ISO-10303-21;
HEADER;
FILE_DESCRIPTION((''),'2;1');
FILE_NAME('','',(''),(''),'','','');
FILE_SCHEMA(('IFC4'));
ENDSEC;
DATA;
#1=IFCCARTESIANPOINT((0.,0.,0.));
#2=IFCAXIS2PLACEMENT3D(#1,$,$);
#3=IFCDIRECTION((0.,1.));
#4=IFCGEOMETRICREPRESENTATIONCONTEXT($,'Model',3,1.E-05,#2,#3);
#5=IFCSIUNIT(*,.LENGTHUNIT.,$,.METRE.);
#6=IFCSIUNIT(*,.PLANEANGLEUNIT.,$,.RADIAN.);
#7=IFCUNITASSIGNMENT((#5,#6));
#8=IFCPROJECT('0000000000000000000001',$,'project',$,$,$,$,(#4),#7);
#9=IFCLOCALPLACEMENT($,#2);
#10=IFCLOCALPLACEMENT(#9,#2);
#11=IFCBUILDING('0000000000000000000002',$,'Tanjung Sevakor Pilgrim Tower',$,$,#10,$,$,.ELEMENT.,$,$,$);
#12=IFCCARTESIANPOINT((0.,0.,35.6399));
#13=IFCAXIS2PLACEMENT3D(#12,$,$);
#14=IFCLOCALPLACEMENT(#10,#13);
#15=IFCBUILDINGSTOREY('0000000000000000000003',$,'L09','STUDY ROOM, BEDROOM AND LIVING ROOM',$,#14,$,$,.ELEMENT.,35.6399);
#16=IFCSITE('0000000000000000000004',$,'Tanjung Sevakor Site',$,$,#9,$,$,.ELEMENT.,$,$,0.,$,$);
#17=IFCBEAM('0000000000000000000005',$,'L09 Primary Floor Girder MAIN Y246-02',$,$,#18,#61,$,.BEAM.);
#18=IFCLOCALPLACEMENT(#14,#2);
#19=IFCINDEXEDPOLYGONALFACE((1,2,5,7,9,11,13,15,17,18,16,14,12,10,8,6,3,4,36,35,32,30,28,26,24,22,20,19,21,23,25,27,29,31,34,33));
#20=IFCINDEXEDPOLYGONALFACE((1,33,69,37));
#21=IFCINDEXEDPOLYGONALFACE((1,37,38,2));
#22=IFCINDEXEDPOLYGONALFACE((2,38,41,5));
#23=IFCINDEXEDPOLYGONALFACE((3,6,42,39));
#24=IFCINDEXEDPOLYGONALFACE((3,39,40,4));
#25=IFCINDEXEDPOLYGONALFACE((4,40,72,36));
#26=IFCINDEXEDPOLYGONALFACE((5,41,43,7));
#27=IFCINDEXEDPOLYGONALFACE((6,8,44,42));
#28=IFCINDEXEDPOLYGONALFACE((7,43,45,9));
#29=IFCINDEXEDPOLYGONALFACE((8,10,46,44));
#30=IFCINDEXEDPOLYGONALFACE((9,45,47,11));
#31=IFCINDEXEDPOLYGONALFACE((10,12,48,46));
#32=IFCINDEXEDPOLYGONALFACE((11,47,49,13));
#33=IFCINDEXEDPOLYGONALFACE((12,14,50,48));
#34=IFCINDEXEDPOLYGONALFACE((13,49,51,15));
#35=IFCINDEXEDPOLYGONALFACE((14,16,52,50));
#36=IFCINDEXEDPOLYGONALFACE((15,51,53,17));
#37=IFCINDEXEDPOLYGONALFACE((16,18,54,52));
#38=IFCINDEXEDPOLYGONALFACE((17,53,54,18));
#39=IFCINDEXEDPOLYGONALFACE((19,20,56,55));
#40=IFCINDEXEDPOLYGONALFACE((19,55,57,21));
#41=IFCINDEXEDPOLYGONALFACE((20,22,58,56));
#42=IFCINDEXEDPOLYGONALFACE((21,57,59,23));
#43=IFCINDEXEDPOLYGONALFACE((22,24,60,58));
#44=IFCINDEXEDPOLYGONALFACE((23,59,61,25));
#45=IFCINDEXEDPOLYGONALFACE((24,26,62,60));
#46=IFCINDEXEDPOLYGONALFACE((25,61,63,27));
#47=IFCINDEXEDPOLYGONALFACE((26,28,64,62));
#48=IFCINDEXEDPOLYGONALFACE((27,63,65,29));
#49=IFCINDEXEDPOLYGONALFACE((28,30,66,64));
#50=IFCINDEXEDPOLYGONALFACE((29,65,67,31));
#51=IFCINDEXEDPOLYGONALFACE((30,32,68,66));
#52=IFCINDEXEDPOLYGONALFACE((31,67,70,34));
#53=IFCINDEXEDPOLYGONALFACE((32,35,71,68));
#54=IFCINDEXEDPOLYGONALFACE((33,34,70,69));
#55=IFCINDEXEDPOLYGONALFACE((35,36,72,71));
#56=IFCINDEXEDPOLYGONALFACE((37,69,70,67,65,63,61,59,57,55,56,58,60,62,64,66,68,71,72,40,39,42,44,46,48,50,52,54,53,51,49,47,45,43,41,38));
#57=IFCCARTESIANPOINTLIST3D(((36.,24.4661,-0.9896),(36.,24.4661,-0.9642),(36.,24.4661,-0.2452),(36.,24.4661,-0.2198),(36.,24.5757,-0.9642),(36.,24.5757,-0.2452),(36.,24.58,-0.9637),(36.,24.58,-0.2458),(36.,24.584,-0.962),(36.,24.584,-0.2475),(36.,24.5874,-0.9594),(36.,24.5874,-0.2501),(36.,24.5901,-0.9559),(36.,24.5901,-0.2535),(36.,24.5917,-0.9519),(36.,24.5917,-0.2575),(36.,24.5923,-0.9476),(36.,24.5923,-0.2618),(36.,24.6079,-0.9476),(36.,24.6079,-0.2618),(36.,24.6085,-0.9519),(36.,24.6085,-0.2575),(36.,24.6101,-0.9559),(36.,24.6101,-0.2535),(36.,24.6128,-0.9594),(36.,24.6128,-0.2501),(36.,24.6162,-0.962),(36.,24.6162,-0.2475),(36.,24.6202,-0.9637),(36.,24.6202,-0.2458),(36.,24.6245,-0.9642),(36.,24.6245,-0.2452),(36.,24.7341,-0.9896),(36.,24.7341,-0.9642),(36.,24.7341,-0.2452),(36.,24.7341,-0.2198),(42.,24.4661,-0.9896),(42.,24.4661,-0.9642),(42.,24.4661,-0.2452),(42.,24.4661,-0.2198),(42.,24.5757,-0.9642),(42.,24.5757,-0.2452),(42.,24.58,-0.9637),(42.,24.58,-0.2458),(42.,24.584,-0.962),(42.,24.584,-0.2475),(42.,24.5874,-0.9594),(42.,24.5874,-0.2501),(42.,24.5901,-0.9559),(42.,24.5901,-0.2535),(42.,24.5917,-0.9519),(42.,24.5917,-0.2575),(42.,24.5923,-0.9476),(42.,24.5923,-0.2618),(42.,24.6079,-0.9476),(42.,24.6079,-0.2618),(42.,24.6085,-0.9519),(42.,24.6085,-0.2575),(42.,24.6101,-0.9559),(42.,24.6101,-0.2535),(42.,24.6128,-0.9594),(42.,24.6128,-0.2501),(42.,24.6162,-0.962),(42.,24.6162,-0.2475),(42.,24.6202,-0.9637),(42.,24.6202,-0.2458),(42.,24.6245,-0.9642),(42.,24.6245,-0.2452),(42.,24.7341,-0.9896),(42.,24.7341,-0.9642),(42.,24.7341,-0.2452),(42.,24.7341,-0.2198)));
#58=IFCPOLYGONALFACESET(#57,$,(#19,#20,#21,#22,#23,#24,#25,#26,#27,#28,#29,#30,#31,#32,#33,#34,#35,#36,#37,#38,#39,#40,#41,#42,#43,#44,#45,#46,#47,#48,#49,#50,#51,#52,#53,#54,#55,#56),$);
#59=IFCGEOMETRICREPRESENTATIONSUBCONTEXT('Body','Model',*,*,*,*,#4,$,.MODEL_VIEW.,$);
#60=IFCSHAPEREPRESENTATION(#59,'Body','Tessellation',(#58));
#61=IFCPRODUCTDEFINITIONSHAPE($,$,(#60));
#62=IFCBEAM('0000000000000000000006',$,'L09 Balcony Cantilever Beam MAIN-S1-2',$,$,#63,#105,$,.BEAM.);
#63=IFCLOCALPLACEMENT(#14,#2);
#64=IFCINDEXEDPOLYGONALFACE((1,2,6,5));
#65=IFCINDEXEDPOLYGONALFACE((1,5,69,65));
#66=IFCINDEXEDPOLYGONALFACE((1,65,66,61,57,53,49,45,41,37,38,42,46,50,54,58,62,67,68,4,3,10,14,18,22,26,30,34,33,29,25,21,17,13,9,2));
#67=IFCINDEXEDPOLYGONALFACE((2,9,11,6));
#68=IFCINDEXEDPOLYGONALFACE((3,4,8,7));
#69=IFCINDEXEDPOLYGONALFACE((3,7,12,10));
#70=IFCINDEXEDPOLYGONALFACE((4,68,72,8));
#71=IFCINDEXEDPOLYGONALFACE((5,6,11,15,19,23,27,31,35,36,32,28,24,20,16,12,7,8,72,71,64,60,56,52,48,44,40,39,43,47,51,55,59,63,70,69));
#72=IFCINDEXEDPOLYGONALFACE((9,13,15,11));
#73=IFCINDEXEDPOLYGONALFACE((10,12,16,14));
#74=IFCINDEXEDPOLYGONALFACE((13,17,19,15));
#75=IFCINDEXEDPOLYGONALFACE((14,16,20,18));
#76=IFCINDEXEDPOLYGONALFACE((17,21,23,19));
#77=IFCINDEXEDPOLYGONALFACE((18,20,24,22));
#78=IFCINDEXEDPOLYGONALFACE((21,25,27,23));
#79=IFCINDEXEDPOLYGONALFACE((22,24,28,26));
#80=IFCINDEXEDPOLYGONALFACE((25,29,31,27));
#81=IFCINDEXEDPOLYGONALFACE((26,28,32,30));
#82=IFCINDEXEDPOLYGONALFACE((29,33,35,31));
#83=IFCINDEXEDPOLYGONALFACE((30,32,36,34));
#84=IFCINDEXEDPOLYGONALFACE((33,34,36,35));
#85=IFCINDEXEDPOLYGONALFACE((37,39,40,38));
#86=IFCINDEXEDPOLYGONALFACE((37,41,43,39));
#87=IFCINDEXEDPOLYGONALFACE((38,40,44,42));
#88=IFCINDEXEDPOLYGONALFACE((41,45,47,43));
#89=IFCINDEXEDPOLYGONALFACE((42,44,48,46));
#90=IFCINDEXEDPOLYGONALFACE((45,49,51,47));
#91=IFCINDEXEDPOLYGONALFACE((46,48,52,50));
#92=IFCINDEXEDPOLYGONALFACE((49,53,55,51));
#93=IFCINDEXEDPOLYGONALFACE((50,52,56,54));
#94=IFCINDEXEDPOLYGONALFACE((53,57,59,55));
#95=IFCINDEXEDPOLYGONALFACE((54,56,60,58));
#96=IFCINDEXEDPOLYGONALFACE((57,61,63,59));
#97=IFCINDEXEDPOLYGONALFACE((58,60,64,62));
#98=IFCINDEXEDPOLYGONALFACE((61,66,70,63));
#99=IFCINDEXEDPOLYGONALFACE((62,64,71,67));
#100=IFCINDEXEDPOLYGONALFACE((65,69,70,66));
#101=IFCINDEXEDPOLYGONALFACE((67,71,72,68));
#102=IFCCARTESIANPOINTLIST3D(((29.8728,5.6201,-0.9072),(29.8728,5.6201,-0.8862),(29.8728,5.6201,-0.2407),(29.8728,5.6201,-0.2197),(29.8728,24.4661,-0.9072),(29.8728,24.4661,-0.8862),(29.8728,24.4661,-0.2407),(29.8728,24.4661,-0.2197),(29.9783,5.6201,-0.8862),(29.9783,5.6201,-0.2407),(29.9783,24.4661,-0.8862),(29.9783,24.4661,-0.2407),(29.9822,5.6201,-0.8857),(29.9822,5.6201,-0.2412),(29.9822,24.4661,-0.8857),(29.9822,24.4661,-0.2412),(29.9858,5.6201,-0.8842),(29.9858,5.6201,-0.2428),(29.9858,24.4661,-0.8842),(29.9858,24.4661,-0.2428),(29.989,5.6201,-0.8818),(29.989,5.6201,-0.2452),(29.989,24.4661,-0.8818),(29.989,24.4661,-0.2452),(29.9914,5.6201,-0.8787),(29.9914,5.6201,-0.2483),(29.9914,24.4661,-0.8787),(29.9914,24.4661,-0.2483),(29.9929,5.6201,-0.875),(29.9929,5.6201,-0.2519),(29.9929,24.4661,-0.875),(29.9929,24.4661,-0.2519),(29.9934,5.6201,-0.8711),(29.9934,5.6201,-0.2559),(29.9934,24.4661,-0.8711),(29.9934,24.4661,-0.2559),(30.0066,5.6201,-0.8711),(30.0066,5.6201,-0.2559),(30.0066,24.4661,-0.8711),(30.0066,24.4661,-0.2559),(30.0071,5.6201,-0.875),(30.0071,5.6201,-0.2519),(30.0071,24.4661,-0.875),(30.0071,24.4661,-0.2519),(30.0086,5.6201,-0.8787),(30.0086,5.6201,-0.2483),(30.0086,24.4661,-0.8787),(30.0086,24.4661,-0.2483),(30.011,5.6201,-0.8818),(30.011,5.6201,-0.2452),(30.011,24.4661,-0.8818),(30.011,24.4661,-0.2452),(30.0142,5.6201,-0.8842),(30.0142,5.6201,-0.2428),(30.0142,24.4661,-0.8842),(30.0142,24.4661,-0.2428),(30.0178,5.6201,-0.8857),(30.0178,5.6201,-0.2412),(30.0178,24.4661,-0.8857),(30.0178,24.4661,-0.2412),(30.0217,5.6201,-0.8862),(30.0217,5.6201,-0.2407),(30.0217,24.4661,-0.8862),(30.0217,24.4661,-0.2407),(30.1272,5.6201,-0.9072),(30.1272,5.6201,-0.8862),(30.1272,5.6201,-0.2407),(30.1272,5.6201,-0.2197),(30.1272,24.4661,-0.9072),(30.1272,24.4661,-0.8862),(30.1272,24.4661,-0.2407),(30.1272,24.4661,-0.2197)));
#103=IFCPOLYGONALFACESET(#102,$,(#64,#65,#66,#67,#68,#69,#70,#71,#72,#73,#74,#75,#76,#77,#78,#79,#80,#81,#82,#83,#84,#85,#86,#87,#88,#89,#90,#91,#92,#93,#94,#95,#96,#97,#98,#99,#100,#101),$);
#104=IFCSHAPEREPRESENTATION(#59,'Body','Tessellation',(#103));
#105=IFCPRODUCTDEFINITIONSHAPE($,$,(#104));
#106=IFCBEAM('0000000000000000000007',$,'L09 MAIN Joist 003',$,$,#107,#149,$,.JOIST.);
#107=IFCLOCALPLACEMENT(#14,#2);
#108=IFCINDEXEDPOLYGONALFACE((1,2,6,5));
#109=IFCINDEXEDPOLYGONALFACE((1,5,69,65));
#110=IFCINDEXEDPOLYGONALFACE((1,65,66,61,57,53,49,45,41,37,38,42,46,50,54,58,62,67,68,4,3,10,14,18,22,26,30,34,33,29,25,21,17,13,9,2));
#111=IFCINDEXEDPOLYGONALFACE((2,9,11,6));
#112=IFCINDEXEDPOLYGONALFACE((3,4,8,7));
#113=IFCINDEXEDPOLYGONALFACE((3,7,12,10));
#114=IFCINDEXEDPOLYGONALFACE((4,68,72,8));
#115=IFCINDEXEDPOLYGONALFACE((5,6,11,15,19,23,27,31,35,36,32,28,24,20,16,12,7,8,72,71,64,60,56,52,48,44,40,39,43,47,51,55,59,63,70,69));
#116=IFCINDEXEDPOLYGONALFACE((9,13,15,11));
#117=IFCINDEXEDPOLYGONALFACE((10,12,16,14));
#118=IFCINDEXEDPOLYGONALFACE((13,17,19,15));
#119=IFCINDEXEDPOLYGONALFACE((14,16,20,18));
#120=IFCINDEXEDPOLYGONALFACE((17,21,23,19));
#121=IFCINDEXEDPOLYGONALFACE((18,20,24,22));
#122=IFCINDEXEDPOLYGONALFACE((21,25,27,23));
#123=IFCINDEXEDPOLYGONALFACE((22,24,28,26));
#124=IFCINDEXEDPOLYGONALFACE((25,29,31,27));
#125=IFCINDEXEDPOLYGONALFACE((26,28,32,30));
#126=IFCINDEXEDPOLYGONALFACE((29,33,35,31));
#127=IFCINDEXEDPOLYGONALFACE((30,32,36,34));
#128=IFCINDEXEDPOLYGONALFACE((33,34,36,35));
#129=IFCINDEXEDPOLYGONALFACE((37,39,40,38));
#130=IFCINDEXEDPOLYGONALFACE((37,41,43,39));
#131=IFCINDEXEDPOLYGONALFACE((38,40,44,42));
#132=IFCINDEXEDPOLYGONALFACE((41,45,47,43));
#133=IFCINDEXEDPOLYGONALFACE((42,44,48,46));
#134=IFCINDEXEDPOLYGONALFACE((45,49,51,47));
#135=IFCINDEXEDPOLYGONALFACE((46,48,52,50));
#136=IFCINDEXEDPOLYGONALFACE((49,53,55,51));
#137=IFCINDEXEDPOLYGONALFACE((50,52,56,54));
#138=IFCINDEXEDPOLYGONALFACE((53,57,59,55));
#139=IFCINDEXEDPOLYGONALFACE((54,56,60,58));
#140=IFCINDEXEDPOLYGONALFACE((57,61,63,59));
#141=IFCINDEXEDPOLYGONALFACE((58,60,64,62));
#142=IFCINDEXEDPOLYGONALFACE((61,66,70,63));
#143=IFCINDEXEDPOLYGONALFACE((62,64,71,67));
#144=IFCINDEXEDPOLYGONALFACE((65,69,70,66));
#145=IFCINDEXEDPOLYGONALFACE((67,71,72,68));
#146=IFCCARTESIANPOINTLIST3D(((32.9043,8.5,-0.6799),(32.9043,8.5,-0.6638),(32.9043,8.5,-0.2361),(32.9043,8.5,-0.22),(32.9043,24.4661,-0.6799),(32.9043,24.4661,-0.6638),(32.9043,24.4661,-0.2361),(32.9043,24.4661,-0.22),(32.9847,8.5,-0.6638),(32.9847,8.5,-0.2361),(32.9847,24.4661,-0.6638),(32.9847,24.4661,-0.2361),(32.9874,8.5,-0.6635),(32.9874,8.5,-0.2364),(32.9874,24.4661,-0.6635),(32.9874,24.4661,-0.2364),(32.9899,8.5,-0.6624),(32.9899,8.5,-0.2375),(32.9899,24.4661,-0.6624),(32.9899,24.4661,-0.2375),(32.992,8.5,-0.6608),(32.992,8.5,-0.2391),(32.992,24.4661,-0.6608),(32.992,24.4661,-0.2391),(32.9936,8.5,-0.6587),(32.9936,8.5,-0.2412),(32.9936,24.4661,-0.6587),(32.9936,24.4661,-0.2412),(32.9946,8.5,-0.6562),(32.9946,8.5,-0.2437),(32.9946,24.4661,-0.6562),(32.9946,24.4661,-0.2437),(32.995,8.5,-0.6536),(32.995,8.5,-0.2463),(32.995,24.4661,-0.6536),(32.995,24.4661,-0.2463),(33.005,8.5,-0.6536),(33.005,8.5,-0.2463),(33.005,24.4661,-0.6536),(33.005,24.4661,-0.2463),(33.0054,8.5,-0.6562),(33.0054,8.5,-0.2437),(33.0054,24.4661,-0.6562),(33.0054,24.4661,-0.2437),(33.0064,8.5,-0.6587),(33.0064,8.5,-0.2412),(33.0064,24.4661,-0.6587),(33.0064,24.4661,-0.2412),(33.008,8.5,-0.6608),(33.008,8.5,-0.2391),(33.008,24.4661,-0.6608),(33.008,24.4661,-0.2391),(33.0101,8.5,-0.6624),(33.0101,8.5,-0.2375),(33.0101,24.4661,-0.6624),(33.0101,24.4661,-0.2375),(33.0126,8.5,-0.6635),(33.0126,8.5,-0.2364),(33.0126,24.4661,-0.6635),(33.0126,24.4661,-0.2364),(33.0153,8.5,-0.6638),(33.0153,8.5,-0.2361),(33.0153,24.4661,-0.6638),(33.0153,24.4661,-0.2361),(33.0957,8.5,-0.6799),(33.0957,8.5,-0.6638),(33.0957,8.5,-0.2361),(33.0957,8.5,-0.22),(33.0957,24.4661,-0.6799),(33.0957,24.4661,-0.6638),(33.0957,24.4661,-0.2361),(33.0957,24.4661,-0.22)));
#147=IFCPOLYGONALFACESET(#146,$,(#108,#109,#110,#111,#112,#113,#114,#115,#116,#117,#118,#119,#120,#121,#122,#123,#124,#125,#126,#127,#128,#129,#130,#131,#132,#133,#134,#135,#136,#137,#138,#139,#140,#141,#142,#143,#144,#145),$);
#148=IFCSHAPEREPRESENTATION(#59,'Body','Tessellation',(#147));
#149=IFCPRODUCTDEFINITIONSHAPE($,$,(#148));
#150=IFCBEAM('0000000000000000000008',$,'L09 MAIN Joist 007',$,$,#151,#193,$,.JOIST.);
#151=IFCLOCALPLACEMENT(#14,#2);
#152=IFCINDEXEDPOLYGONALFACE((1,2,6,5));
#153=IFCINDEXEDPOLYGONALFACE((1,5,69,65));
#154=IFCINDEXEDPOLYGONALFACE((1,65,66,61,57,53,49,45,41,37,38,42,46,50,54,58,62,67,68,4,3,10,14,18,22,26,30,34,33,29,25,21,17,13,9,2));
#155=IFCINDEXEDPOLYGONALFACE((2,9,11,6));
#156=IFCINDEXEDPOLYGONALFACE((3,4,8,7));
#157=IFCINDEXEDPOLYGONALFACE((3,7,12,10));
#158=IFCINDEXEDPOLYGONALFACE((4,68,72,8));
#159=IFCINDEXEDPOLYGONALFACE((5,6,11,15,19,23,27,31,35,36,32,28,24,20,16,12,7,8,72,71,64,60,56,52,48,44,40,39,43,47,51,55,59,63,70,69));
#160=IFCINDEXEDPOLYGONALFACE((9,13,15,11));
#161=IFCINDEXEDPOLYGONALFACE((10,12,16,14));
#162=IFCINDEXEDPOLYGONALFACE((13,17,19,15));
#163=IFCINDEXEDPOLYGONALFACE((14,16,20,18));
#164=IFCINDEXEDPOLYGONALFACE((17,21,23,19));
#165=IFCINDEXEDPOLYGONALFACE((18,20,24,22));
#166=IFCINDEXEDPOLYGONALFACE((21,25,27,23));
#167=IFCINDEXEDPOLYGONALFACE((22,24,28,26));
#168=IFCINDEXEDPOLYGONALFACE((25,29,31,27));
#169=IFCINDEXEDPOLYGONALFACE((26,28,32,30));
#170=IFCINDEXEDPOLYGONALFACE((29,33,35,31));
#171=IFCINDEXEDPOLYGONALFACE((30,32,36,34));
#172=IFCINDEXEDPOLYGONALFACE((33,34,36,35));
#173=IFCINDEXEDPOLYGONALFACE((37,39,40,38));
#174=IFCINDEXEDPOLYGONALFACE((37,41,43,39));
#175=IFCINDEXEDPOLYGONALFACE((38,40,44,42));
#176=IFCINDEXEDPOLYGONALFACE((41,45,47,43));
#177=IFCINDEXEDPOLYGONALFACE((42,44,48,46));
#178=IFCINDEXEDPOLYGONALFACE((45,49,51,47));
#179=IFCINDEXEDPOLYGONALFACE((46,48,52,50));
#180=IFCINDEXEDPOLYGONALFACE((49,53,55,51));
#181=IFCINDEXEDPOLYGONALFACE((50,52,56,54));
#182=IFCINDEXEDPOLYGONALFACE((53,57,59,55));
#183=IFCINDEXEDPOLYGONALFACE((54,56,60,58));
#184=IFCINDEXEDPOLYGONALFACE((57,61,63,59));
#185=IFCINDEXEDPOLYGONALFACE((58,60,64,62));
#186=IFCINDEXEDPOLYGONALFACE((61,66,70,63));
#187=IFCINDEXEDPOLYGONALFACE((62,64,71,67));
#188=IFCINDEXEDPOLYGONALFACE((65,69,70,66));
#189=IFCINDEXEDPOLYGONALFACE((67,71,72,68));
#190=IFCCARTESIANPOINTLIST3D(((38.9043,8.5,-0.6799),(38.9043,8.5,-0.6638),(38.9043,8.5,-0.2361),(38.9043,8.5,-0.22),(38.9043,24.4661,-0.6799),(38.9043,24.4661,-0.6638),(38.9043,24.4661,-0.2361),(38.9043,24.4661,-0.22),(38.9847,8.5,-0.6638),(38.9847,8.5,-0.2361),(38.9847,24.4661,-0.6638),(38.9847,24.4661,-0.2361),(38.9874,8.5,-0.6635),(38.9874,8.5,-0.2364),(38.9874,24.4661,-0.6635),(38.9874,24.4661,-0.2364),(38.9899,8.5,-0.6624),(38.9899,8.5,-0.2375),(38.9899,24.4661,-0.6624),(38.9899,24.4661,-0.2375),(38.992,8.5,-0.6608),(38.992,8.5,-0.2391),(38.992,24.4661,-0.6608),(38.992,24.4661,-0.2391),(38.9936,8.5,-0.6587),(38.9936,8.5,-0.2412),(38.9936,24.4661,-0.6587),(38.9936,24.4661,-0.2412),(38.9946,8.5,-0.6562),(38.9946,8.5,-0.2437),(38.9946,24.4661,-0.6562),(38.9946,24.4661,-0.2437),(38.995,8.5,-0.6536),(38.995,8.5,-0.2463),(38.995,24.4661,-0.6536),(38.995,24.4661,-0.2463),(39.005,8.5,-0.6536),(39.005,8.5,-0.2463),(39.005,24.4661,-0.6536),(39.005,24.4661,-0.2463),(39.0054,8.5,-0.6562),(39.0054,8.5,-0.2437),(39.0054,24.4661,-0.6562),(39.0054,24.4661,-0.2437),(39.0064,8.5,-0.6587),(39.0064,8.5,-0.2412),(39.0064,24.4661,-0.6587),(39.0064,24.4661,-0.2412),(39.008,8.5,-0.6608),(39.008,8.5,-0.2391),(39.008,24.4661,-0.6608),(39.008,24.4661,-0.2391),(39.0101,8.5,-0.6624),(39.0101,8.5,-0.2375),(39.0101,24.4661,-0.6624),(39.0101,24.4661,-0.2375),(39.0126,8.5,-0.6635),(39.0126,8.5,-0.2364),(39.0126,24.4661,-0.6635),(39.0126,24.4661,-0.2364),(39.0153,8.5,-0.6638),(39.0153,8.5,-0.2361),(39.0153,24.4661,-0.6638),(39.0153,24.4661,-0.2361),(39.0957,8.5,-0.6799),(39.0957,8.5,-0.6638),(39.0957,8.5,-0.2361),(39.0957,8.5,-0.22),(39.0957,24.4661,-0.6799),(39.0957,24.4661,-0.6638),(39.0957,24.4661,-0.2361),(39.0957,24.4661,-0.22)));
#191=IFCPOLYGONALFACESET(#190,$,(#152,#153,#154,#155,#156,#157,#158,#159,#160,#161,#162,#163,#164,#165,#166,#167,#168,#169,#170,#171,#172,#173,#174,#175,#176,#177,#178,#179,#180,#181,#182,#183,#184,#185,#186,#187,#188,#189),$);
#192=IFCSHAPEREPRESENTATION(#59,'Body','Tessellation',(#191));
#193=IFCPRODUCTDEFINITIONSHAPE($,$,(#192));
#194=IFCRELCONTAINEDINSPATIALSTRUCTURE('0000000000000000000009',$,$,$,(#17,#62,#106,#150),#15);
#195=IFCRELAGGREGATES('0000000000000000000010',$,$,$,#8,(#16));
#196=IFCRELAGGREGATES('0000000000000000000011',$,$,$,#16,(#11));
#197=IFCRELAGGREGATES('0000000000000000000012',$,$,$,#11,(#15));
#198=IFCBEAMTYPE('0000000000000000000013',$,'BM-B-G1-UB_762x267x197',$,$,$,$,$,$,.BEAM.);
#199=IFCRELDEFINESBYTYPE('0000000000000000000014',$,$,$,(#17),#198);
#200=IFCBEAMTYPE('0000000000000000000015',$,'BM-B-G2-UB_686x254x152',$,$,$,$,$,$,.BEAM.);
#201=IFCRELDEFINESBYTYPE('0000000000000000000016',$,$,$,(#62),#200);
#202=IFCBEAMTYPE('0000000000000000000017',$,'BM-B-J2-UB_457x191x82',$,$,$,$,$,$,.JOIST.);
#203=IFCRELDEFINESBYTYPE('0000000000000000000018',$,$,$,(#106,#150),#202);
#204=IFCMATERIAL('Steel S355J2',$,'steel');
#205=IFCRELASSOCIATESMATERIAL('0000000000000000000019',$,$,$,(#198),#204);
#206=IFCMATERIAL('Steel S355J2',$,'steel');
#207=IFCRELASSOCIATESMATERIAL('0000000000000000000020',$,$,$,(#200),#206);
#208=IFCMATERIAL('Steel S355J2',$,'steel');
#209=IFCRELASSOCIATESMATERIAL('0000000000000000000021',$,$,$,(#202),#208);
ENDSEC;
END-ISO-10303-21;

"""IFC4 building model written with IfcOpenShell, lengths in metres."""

from ifc_helpers import new_model, si_unit, direction, frame, origin, origin_2d, place, context, subcontext, project, spatial, i_section, extrude, material, material_profile, profile_set, type_object, element, save


model = new_model("IFC4")

# Units and contexts
model_context = context("Model", 3, precision=1e-05, world=origin(), true_north=direction((0.0, 1.0)))
body_context = subcontext(model_context, "Body", "Model", "MODEL_VIEW")
ifc_project = project(units=[si_unit("LENGTHUNIT", "METRE"), si_unit("PLANEANGLEUNIT", "RADIAN")], contexts=[model_context])

# Site, building, storey
site_placement = place(None, origin())
site = spatial("IfcSite", under=ifc_project, at=site_placement, Name="Tanjung Sevakor Site", CompositionType="ELEMENT", RefElevation=0.0)
building_placement = place(site_placement, origin())
building = spatial("IfcBuilding", under=site, at=building_placement, Name="Tanjung Sevakor Pilgrim Tower", CompositionType="ELEMENT")
storey_placement = place(building_placement, frame((0.0, 0.0, 35.6399)))
storey = spatial("IfcBuildingStorey", under=building, at=storey_placement, Name="L09", Description="STUDY ROOM, BEDROOM AND LIVING ROOM", CompositionType="ELEMENT", Elevation=35.6399)

# Beams
ifc_material_1 = material(Name="Steel S355J2", Category="steel")
ifc_material_profile_1 = material_profile(ifc_material_1, i_section(OverallWidth=0.2681, OverallDepth=0.7698, WebThickness=0.0156, FlangeThickness=0.0254, FilletRadius=0.0166, at=origin_2d()))
ifc_profile_set_1 = profile_set([ifc_material_profile_1], Name="Steel S355J2")
beam_type_1 = type_object("IfcBeamType", Name="BM-B-G1-UB_762x267x197", PredefinedType="BEAM", material=ifc_profile_set_1)
beam_1_placement = place(storey_placement, frame((36.0, 24.6001, -0.6047), z_axis=(1.0, 0.0, 0.0), x_axis=(0.0, 1.0, 0.0)))
element("IfcBeam", 1, at=beam_1_placement, inside=storey, type_object=beam_type_1, Name="L09 Primary Floor Girder MAIN Y246-02", PredefinedType="BEAM", context=body_context, shape_type="SweptSolid", body=[
    extrude(i_section(OverallWidth=0.2681, OverallDepth=0.7698, WebThickness=0.0156, FlangeThickness=0.0254, FilletRadius=0.0166, at=origin_2d()), origin(), (0.0, 0.0, 1.0), 6.0),
])
ifc_material_2 = material(Name="Steel S355J2", Category="steel")
ifc_material_profile_2 = material_profile(ifc_material_2, i_section(OverallWidth=0.2544, OverallDepth=0.6875, WebThickness=0.0132, FlangeThickness=0.021, FilletRadius=0.0151, at=origin_2d()))
ifc_profile_set_2 = profile_set([ifc_material_profile_2], Name="Steel S355J2")
beam_type_2 = type_object("IfcBeamType", Name="BM-B-G2-UB_686x254x152", PredefinedType="BEAM", material=ifc_profile_set_2)
beam_2_placement = place(storey_placement, frame((30.0, 24.4661, -0.5635), z_axis=(0.0, -1.0, 0.0), x_axis=(1.0, 0.0, 0.0)))
element("IfcBeam", 2, at=beam_2_placement, inside=storey, type_object=beam_type_2, Name="L09 Balcony Cantilever Beam MAIN-S1-2", PredefinedType="BEAM", context=body_context, shape_type="SweptSolid", body=[
    extrude(i_section(OverallWidth=0.2544, OverallDepth=0.6875, WebThickness=0.0132, FlangeThickness=0.021, FilletRadius=0.0151, at=origin_2d()), origin(), (0.0, 0.0, 1.0), 18.8459),
])
ifc_material_3 = material(Name="Steel S355J2", Category="steel")
ifc_material_profile_3 = material_profile(ifc_material_3, i_section(OverallWidth=0.1914, OverallDepth=0.46, WebThickness=0.01, FlangeThickness=0.0161, FilletRadius=0.0103, at=origin_2d()))
ifc_profile_set_3 = profile_set([ifc_material_profile_3], Name="Steel S355J2")
beam_type_3 = type_object("IfcBeamType", Name="BM-B-J2-UB_457x191x82", PredefinedType="JOIST", material=ifc_profile_set_3)
for number, where, z_axis, x_axis, name in (
    (3, (33.0, 8.5, -0.45), (0.0, 1.0, 0.0), (-1.0, 0.0, 0.0), "L09 MAIN Joist 003"),
    (4, (39.0, 8.5, -0.45), (0.0, 1.0, 0.0), (-1.0, 0.0, 0.0), "L09 MAIN Joist 007"),
):
    element("IfcBeam", number, at=place(storey_placement, frame(where, z_axis=z_axis, x_axis=x_axis)), inside=storey, type_object=beam_type_3, Name=name, PredefinedType="JOIST", context=body_context, shape_type="SweptSolid", body=[
        extrude(i_section(OverallWidth=0.1914, OverallDepth=0.46, WebThickness=0.01, FlangeThickness=0.0161, FilletRadius=0.0103, at=origin_2d()), origin(), (0.0, 0.0, 1.0), 15.9661),
    ])

save(model, "model.ifc")
